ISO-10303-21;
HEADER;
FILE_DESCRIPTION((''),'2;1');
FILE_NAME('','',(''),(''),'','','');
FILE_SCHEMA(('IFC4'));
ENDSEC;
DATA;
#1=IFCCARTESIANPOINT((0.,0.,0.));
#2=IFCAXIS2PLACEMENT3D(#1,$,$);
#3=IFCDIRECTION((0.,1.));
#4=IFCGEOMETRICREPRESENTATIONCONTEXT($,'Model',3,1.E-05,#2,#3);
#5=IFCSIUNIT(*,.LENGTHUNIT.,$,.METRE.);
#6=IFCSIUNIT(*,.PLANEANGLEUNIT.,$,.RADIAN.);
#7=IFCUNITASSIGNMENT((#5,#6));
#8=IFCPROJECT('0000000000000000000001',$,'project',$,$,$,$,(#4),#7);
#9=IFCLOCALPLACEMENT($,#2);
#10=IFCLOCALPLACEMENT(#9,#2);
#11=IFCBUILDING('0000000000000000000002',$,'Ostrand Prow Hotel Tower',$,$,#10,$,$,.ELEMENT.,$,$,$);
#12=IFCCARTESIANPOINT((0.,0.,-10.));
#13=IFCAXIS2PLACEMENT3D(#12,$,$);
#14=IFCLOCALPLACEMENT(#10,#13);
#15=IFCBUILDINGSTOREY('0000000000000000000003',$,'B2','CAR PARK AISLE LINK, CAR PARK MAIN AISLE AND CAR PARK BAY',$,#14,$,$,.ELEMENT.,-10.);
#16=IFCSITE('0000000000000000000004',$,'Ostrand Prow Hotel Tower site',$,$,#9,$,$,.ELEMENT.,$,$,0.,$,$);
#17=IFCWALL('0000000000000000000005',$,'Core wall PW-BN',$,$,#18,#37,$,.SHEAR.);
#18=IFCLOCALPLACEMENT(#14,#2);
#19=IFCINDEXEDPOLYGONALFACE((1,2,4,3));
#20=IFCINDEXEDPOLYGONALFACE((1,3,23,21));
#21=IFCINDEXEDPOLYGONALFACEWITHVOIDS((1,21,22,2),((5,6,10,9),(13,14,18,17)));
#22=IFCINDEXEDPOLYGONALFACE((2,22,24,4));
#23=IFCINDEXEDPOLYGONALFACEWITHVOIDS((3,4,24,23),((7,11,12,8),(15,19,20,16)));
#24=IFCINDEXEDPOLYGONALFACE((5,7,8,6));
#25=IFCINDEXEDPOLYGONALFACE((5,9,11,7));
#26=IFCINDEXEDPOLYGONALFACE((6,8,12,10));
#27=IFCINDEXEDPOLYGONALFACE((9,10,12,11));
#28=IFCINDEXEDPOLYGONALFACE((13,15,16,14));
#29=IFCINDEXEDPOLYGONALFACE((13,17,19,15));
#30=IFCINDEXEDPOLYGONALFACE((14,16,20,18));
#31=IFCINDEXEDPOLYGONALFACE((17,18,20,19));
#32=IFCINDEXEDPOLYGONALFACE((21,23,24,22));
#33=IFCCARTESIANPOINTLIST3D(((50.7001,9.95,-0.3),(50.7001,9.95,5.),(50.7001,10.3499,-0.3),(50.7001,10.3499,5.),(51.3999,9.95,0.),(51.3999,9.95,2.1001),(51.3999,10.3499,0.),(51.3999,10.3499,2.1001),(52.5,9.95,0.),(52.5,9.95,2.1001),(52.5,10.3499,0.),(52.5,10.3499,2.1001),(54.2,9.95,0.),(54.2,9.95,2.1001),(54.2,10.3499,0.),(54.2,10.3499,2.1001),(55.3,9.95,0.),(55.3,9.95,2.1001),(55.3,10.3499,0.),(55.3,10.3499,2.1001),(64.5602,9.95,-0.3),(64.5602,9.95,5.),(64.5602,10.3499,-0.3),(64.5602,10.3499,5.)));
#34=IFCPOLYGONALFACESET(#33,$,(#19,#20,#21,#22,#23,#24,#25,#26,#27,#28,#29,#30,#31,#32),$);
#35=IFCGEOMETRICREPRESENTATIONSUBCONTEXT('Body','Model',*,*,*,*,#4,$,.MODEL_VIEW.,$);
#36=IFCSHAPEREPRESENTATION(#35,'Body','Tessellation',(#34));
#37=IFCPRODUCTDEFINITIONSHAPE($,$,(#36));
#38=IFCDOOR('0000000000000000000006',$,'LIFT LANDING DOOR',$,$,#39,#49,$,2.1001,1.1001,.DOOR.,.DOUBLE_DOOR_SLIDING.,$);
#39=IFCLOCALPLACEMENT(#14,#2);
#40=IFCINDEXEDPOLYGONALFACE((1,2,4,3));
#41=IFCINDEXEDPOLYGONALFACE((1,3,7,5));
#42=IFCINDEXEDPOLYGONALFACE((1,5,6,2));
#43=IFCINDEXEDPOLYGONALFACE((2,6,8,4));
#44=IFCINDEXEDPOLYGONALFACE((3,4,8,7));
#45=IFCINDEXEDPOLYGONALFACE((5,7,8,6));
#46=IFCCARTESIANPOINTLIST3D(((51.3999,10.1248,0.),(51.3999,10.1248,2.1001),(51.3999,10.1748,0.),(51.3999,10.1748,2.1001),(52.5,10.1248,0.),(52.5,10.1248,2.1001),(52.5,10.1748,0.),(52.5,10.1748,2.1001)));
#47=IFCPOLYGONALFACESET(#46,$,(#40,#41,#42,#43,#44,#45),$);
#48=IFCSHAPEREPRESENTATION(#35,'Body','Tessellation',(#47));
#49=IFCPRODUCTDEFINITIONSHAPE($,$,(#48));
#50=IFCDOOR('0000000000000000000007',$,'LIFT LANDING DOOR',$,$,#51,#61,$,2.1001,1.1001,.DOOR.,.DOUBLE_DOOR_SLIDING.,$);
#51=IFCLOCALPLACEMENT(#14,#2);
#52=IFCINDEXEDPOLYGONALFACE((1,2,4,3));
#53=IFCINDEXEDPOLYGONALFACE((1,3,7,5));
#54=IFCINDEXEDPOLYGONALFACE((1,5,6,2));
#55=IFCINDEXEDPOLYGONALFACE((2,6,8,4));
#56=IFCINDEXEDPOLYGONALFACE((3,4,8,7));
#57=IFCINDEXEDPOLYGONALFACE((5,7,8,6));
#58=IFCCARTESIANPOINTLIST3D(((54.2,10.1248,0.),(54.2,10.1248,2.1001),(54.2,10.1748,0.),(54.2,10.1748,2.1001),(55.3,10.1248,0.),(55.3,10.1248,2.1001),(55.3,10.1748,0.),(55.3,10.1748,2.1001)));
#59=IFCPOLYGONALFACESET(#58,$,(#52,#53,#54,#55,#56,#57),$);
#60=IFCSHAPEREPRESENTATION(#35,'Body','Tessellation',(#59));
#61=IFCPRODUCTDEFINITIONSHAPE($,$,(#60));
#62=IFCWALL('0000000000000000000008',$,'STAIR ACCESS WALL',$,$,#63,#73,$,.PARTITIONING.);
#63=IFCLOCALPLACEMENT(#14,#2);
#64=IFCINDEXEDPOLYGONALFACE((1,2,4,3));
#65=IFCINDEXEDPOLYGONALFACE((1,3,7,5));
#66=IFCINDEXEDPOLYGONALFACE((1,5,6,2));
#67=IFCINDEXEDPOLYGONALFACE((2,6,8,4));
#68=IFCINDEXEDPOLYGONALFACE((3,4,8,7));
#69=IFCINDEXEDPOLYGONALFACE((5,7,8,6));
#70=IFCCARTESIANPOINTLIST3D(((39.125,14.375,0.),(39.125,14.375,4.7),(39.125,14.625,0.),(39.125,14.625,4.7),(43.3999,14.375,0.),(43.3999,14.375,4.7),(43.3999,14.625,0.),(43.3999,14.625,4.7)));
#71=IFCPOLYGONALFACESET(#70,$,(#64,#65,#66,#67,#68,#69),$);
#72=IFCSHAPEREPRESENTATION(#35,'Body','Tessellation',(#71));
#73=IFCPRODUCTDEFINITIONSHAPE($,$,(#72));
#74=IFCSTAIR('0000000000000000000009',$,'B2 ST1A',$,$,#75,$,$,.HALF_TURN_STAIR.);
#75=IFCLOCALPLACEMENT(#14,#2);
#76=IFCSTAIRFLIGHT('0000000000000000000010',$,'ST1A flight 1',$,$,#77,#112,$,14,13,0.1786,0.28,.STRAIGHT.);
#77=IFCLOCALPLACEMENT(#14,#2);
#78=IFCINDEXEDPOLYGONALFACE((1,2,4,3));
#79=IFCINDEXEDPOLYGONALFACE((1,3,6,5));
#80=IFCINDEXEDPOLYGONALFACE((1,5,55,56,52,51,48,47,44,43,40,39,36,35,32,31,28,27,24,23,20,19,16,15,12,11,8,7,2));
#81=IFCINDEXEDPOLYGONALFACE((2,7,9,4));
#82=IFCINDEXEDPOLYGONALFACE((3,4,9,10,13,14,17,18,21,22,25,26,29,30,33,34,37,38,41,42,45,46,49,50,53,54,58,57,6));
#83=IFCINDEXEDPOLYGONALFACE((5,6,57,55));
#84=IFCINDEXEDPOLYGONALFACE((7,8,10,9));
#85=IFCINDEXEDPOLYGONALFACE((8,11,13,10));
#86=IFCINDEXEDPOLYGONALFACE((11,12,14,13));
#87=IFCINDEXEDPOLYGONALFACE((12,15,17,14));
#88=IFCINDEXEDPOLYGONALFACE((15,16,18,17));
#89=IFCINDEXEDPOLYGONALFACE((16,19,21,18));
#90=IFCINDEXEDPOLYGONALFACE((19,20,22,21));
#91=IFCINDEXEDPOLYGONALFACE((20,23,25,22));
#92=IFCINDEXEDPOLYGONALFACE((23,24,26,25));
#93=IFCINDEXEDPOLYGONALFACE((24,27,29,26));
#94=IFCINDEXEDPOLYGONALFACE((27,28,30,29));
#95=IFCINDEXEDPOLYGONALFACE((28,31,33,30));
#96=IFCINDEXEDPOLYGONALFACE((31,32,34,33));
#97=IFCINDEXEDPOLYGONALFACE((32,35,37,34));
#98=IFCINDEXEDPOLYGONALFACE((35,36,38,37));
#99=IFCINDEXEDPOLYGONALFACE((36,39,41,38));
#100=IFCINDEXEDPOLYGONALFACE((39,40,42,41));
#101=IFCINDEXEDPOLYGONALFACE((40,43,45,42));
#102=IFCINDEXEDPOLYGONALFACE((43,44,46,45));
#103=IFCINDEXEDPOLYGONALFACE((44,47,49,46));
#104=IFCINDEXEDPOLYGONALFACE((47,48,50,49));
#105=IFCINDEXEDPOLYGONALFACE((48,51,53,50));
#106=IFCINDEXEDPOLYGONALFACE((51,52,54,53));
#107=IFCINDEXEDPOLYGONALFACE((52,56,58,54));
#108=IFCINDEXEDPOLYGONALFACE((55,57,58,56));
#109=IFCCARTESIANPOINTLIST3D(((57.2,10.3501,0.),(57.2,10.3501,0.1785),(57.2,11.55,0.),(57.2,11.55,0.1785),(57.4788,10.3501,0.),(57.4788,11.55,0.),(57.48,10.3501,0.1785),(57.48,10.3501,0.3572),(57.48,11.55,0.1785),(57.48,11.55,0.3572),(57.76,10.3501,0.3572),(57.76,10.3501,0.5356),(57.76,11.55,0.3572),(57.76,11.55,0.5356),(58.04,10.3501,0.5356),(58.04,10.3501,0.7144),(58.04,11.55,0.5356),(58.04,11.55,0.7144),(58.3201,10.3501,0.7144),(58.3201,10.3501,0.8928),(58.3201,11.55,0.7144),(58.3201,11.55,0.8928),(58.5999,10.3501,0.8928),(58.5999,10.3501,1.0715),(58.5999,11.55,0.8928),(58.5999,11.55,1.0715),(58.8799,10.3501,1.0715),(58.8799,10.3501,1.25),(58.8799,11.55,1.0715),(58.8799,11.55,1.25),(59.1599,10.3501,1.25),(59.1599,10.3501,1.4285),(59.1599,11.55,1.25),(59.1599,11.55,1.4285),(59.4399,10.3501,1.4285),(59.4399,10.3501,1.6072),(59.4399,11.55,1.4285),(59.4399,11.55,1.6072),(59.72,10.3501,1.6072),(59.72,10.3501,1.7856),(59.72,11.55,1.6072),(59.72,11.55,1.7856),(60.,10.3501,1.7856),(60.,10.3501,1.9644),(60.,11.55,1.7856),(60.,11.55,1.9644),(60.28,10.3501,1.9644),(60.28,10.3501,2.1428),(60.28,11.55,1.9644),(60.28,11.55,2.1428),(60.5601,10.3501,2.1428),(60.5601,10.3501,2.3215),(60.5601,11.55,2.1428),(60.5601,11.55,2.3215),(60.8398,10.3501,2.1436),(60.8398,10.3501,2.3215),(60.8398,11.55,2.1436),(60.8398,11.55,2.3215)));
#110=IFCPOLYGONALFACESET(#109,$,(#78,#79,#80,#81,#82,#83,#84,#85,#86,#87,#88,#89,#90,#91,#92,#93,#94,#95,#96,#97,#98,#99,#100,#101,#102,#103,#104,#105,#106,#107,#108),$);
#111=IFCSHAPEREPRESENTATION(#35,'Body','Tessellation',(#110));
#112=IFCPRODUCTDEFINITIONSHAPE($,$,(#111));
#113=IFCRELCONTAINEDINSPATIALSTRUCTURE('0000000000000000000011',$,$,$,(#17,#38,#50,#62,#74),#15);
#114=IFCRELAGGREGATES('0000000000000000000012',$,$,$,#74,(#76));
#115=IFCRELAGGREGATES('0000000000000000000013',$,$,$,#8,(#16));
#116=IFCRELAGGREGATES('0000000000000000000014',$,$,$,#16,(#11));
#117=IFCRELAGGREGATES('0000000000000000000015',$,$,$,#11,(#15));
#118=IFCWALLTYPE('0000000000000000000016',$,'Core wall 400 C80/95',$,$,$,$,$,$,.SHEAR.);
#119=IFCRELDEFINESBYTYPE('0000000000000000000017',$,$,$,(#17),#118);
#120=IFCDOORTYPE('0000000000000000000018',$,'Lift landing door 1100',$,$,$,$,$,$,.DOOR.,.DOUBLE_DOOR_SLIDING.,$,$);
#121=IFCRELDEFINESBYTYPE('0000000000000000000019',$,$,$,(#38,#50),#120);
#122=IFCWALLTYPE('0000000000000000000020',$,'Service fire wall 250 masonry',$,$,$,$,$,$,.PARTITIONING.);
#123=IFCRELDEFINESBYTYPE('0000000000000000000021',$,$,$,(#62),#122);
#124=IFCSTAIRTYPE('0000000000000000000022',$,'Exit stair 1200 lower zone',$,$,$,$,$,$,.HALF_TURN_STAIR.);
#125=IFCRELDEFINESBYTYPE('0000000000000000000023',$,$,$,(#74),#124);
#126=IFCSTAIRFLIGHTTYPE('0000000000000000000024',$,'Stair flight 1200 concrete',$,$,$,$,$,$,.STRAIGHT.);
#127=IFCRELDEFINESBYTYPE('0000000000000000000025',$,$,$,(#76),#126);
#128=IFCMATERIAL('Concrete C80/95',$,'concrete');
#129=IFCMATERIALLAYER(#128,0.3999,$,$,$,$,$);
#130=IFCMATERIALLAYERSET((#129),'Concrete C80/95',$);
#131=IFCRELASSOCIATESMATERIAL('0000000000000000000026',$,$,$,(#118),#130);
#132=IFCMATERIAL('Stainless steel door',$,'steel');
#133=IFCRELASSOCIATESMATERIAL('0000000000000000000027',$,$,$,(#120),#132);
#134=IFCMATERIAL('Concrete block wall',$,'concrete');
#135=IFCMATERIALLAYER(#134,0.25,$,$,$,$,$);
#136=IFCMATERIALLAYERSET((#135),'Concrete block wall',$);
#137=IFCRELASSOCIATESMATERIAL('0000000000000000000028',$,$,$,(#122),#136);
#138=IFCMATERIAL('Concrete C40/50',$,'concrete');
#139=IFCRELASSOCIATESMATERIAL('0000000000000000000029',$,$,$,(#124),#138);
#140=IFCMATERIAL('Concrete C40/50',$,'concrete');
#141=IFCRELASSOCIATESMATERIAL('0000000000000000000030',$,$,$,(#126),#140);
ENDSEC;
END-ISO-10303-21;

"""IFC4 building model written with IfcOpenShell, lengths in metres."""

from ifc_helpers import new_model, si_unit, direction, frame, frame_2d, origin, place, context, subcontext, project, spatial, polyline, rectangle, outline, extrude, material, layer, layer_set, type_object, element, fill, aggregate, save


model = new_model("IFC4")

# Units and contexts
model_context = context("Model", 3, precision=1e-05, world=origin(), true_north=direction((0.0, 1.0)))
body_context = subcontext(model_context, "Body", "Model", "MODEL_VIEW")
ifc_project = project(units=[si_unit("LENGTHUNIT", "METRE"), si_unit("PLANEANGLEUNIT", "RADIAN")], contexts=[model_context])

# Site, building, storey
site_placement = place(None, origin())
site = spatial("IfcSite", under=ifc_project, at=site_placement, Name="Ostrand Prow Hotel Tower site", CompositionType="ELEMENT", RefElevation=0.0)
building_placement = place(site_placement, origin())
building = spatial("IfcBuilding", under=site, at=building_placement, Name="Ostrand Prow Hotel Tower", CompositionType="ELEMENT")
storey_placement = place(building_placement, frame((0.0, 0.0, -10.0)))
storey = spatial("IfcBuildingStorey", under=building, at=storey_placement, Name="B2", Description="CAR PARK AISLE LINK, CAR PARK MAIN AISLE AND CAR PARK BAY", CompositionType="ELEMENT", Elevation=-10.0)

# Wall, openings, doors
ifc_material_1 = material(Name="Concrete C80/95", Category="concrete")
ifc_layer_1 = layer(ifc_material_1, 0.3999)
ifc_layer_set_1 = layer_set([ifc_layer_1], Name="Concrete C80/95")
wall_type_1 = type_object("IfcWallType", Name="Core wall 400 C80/95", PredefinedType="SHEAR", material=ifc_layer_set_1)
wall_1_placement = place(storey_placement, frame((50.7, 10.1499, -0.3), z_axis=(0.0, 0.0, 1.0), x_axis=(1.0, 0.0, 0.0)))
wall_1 = element("IfcWall", 1, at=wall_1_placement, inside=storey, type_object=wall_type_1, Name="Core wall PW-BN", PredefinedType="SHEAR", context=body_context, shape_type="SweptSolid", body=[
    extrude(rectangle(XDim=13.8601, YDim=0.3999, at=frame_2d((6.9302, 0.0))), origin(), (0.0, 0.0, 1.0), 5.3),
])
opening_1_placement = place(wall_1_placement, frame((0.7, 0.0, 0.3)))
opening_1 = element("IfcOpeningElement", 2, at=opening_1_placement, cuts=wall_1, PredefinedType="OPENING", context=body_context, shape_type="SweptSolid", body=[
    extrude(rectangle(XDim=1.1001, YDim=2.1001, at=frame_2d((0.55, 1.05))), frame((0.0, 0.21, 0.0), z_axis=(0.0, -1.0, 0.0), x_axis=(1.0, 0.0, 0.0)), (0.0, 0.0, 1.0), 0.4199),
])
opening_2_placement = place(wall_1_placement, frame((3.5, 0.0, 0.3)))
opening_2 = element("IfcOpeningElement", 3, at=opening_2_placement, cuts=wall_1, PredefinedType="OPENING", context=body_context, shape_type="SweptSolid", body=[
    extrude(rectangle(XDim=1.1001, YDim=2.1001, at=frame_2d((0.55, 1.05))), frame((0.0, 0.21, 0.0), z_axis=(0.0, -1.0, 0.0), x_axis=(1.0, 0.0, 0.0)), (0.0, 0.0, 1.0), 0.4199),
])
ifc_material_2 = material(Name="Stainless steel door", Category="steel")
door_type_1 = type_object("IfcDoorType", Name="Lift landing door 1100", OperationType="DOUBLE_DOOR_SLIDING", PredefinedType="DOOR", material=ifc_material_2)
door_1_placement = place(opening_1_placement, origin())
door_1 = element("IfcDoor", 4, at=door_1_placement, inside=storey, type_object=door_type_1, Name="LIFT LANDING DOOR", OperationType="DOUBLE_DOOR_SLIDING", OverallHeight=2.1001, OverallWidth=1.1001, PredefinedType="DOOR", context=body_context, shape_type="SweptSolid", body=[
    extrude(rectangle(XDim=1.1001, YDim=2.1001, at=frame_2d((0.55, 1.05))), frame((0.0, 0.0249, 0.0), z_axis=(0.0, -1.0, 0.0), x_axis=(1.0, 0.0, 0.0)), (0.0, 0.0, 1.0), 0.05),
])
fill(opening_1, door_1)
door_2_placement = place(opening_2_placement, origin())
door_2 = element("IfcDoor", 5, at=door_2_placement, inside=storey, type_object=door_type_1, Name="LIFT LANDING DOOR", OperationType="DOUBLE_DOOR_SLIDING", OverallHeight=2.1001, OverallWidth=1.1001, PredefinedType="DOOR", context=body_context, shape_type="SweptSolid", body=[
    extrude(rectangle(XDim=1.1001, YDim=2.1001, at=frame_2d((0.55, 1.05))), frame((0.0, 0.0249, 0.0), z_axis=(0.0, -1.0, 0.0), x_axis=(1.0, 0.0, 0.0)), (0.0, 0.0, 1.0), 0.05),
])
fill(opening_2, door_2)

# Wall
ifc_material_3 = material(Name="Concrete block wall", Category="concrete")
ifc_layer_2 = layer(ifc_material_3, 0.25)
ifc_layer_set_2 = layer_set([ifc_layer_2], Name="Concrete block wall")
wall_type_2 = type_object("IfcWallType", Name="Service fire wall 250 masonry", PredefinedType="PARTITIONING", material=ifc_layer_set_2)
wall_2_placement = place(storey_placement, frame((39.125, 14.5, 0.0), z_axis=(0.0, 0.0, 1.0), x_axis=(1.0, 0.0, 0.0)))
element("IfcWall", 6, at=wall_2_placement, inside=storey, type_object=wall_type_2, Name="STAIR ACCESS WALL", PredefinedType="PARTITIONING", context=body_context, shape_type="SweptSolid", body=[
    extrude(rectangle(XDim=4.2749, YDim=0.25, at=frame_2d((2.1375, 0.0))), origin(), (0.0, 0.0, 1.0), 4.7),
])

# Stair, stair flight
ifc_material_4 = material(Name="Concrete C40/50", Category="concrete")
stair_type = type_object("IfcStairType", Name="Exit stair 1200 lower zone", PredefinedType="HALF_TURN_STAIR", material=ifc_material_4)
stair_placement = place(storey_placement, origin())
stair = element("IfcStair", 7, at=stair_placement, inside=storey, type_object=stair_type, Name="B2 ST1A", PredefinedType="HALF_TURN_STAIR")
ifc_material_5 = material(Name="Concrete C40/50", Category="concrete")
stair_flight_type = type_object("IfcStairFlightType", Name="Stair flight 1200 concrete", PredefinedType="STRAIGHT", material=ifc_material_5)
stair_flight_placement = place(storey_placement, frame((57.2, 10.95, 0.0), z_axis=(0.0, 0.0, 1.0), x_axis=(1.0, 0.0, 0.0)))
stair_flight = element("IfcStairFlight", 8, at=stair_flight_placement, type_object=stair_flight_type, Name="ST1A flight 1", NumberOfRisers=14, NumberOfTreads=13, PredefinedType="STRAIGHT", RiserHeight=0.1786, TreadLength=0.28, context=body_context, shape_type="SweptSolid", body=[
    extrude(outline(polyline([(0.0, 0.0), (0.0, 0.1785), (0.28, 0.1785), (0.28, 0.3572), (0.5601, 0.3572), (0.5601, 0.5356), (0.8401, 0.5356), (0.8401, 0.7144), (1.1201, 0.7144), (1.1201, 0.8928), (1.3999, 0.8928), (1.3999, 1.0715), (1.6799, 1.0715), (1.6799, 1.25), (1.96, 1.25), (1.96, 1.4285), (2.24, 1.4285), (2.24, 1.6072), (2.52, 1.6072), (2.52, 1.7856), (2.8, 1.7856), (2.8, 1.9644), (3.0801, 1.9644), (3.0801, 2.1428), (3.3601, 2.1428), (3.3601, 2.3215), (3.6399, 2.3215), (3.6399, 2.5), (3.6399, 2.1436), (0.2788, 0.0), (0.0, 0.0)])), frame((0.0, 0.6001, 0.0), z_axis=(0.0, -1.0, 0.0), x_axis=(1.0, 0.0, 0.0)), (0.0, 0.0, 1.0), 1.2),
])
aggregate(stair, [stair_flight])

save(model, "model.ifc")
